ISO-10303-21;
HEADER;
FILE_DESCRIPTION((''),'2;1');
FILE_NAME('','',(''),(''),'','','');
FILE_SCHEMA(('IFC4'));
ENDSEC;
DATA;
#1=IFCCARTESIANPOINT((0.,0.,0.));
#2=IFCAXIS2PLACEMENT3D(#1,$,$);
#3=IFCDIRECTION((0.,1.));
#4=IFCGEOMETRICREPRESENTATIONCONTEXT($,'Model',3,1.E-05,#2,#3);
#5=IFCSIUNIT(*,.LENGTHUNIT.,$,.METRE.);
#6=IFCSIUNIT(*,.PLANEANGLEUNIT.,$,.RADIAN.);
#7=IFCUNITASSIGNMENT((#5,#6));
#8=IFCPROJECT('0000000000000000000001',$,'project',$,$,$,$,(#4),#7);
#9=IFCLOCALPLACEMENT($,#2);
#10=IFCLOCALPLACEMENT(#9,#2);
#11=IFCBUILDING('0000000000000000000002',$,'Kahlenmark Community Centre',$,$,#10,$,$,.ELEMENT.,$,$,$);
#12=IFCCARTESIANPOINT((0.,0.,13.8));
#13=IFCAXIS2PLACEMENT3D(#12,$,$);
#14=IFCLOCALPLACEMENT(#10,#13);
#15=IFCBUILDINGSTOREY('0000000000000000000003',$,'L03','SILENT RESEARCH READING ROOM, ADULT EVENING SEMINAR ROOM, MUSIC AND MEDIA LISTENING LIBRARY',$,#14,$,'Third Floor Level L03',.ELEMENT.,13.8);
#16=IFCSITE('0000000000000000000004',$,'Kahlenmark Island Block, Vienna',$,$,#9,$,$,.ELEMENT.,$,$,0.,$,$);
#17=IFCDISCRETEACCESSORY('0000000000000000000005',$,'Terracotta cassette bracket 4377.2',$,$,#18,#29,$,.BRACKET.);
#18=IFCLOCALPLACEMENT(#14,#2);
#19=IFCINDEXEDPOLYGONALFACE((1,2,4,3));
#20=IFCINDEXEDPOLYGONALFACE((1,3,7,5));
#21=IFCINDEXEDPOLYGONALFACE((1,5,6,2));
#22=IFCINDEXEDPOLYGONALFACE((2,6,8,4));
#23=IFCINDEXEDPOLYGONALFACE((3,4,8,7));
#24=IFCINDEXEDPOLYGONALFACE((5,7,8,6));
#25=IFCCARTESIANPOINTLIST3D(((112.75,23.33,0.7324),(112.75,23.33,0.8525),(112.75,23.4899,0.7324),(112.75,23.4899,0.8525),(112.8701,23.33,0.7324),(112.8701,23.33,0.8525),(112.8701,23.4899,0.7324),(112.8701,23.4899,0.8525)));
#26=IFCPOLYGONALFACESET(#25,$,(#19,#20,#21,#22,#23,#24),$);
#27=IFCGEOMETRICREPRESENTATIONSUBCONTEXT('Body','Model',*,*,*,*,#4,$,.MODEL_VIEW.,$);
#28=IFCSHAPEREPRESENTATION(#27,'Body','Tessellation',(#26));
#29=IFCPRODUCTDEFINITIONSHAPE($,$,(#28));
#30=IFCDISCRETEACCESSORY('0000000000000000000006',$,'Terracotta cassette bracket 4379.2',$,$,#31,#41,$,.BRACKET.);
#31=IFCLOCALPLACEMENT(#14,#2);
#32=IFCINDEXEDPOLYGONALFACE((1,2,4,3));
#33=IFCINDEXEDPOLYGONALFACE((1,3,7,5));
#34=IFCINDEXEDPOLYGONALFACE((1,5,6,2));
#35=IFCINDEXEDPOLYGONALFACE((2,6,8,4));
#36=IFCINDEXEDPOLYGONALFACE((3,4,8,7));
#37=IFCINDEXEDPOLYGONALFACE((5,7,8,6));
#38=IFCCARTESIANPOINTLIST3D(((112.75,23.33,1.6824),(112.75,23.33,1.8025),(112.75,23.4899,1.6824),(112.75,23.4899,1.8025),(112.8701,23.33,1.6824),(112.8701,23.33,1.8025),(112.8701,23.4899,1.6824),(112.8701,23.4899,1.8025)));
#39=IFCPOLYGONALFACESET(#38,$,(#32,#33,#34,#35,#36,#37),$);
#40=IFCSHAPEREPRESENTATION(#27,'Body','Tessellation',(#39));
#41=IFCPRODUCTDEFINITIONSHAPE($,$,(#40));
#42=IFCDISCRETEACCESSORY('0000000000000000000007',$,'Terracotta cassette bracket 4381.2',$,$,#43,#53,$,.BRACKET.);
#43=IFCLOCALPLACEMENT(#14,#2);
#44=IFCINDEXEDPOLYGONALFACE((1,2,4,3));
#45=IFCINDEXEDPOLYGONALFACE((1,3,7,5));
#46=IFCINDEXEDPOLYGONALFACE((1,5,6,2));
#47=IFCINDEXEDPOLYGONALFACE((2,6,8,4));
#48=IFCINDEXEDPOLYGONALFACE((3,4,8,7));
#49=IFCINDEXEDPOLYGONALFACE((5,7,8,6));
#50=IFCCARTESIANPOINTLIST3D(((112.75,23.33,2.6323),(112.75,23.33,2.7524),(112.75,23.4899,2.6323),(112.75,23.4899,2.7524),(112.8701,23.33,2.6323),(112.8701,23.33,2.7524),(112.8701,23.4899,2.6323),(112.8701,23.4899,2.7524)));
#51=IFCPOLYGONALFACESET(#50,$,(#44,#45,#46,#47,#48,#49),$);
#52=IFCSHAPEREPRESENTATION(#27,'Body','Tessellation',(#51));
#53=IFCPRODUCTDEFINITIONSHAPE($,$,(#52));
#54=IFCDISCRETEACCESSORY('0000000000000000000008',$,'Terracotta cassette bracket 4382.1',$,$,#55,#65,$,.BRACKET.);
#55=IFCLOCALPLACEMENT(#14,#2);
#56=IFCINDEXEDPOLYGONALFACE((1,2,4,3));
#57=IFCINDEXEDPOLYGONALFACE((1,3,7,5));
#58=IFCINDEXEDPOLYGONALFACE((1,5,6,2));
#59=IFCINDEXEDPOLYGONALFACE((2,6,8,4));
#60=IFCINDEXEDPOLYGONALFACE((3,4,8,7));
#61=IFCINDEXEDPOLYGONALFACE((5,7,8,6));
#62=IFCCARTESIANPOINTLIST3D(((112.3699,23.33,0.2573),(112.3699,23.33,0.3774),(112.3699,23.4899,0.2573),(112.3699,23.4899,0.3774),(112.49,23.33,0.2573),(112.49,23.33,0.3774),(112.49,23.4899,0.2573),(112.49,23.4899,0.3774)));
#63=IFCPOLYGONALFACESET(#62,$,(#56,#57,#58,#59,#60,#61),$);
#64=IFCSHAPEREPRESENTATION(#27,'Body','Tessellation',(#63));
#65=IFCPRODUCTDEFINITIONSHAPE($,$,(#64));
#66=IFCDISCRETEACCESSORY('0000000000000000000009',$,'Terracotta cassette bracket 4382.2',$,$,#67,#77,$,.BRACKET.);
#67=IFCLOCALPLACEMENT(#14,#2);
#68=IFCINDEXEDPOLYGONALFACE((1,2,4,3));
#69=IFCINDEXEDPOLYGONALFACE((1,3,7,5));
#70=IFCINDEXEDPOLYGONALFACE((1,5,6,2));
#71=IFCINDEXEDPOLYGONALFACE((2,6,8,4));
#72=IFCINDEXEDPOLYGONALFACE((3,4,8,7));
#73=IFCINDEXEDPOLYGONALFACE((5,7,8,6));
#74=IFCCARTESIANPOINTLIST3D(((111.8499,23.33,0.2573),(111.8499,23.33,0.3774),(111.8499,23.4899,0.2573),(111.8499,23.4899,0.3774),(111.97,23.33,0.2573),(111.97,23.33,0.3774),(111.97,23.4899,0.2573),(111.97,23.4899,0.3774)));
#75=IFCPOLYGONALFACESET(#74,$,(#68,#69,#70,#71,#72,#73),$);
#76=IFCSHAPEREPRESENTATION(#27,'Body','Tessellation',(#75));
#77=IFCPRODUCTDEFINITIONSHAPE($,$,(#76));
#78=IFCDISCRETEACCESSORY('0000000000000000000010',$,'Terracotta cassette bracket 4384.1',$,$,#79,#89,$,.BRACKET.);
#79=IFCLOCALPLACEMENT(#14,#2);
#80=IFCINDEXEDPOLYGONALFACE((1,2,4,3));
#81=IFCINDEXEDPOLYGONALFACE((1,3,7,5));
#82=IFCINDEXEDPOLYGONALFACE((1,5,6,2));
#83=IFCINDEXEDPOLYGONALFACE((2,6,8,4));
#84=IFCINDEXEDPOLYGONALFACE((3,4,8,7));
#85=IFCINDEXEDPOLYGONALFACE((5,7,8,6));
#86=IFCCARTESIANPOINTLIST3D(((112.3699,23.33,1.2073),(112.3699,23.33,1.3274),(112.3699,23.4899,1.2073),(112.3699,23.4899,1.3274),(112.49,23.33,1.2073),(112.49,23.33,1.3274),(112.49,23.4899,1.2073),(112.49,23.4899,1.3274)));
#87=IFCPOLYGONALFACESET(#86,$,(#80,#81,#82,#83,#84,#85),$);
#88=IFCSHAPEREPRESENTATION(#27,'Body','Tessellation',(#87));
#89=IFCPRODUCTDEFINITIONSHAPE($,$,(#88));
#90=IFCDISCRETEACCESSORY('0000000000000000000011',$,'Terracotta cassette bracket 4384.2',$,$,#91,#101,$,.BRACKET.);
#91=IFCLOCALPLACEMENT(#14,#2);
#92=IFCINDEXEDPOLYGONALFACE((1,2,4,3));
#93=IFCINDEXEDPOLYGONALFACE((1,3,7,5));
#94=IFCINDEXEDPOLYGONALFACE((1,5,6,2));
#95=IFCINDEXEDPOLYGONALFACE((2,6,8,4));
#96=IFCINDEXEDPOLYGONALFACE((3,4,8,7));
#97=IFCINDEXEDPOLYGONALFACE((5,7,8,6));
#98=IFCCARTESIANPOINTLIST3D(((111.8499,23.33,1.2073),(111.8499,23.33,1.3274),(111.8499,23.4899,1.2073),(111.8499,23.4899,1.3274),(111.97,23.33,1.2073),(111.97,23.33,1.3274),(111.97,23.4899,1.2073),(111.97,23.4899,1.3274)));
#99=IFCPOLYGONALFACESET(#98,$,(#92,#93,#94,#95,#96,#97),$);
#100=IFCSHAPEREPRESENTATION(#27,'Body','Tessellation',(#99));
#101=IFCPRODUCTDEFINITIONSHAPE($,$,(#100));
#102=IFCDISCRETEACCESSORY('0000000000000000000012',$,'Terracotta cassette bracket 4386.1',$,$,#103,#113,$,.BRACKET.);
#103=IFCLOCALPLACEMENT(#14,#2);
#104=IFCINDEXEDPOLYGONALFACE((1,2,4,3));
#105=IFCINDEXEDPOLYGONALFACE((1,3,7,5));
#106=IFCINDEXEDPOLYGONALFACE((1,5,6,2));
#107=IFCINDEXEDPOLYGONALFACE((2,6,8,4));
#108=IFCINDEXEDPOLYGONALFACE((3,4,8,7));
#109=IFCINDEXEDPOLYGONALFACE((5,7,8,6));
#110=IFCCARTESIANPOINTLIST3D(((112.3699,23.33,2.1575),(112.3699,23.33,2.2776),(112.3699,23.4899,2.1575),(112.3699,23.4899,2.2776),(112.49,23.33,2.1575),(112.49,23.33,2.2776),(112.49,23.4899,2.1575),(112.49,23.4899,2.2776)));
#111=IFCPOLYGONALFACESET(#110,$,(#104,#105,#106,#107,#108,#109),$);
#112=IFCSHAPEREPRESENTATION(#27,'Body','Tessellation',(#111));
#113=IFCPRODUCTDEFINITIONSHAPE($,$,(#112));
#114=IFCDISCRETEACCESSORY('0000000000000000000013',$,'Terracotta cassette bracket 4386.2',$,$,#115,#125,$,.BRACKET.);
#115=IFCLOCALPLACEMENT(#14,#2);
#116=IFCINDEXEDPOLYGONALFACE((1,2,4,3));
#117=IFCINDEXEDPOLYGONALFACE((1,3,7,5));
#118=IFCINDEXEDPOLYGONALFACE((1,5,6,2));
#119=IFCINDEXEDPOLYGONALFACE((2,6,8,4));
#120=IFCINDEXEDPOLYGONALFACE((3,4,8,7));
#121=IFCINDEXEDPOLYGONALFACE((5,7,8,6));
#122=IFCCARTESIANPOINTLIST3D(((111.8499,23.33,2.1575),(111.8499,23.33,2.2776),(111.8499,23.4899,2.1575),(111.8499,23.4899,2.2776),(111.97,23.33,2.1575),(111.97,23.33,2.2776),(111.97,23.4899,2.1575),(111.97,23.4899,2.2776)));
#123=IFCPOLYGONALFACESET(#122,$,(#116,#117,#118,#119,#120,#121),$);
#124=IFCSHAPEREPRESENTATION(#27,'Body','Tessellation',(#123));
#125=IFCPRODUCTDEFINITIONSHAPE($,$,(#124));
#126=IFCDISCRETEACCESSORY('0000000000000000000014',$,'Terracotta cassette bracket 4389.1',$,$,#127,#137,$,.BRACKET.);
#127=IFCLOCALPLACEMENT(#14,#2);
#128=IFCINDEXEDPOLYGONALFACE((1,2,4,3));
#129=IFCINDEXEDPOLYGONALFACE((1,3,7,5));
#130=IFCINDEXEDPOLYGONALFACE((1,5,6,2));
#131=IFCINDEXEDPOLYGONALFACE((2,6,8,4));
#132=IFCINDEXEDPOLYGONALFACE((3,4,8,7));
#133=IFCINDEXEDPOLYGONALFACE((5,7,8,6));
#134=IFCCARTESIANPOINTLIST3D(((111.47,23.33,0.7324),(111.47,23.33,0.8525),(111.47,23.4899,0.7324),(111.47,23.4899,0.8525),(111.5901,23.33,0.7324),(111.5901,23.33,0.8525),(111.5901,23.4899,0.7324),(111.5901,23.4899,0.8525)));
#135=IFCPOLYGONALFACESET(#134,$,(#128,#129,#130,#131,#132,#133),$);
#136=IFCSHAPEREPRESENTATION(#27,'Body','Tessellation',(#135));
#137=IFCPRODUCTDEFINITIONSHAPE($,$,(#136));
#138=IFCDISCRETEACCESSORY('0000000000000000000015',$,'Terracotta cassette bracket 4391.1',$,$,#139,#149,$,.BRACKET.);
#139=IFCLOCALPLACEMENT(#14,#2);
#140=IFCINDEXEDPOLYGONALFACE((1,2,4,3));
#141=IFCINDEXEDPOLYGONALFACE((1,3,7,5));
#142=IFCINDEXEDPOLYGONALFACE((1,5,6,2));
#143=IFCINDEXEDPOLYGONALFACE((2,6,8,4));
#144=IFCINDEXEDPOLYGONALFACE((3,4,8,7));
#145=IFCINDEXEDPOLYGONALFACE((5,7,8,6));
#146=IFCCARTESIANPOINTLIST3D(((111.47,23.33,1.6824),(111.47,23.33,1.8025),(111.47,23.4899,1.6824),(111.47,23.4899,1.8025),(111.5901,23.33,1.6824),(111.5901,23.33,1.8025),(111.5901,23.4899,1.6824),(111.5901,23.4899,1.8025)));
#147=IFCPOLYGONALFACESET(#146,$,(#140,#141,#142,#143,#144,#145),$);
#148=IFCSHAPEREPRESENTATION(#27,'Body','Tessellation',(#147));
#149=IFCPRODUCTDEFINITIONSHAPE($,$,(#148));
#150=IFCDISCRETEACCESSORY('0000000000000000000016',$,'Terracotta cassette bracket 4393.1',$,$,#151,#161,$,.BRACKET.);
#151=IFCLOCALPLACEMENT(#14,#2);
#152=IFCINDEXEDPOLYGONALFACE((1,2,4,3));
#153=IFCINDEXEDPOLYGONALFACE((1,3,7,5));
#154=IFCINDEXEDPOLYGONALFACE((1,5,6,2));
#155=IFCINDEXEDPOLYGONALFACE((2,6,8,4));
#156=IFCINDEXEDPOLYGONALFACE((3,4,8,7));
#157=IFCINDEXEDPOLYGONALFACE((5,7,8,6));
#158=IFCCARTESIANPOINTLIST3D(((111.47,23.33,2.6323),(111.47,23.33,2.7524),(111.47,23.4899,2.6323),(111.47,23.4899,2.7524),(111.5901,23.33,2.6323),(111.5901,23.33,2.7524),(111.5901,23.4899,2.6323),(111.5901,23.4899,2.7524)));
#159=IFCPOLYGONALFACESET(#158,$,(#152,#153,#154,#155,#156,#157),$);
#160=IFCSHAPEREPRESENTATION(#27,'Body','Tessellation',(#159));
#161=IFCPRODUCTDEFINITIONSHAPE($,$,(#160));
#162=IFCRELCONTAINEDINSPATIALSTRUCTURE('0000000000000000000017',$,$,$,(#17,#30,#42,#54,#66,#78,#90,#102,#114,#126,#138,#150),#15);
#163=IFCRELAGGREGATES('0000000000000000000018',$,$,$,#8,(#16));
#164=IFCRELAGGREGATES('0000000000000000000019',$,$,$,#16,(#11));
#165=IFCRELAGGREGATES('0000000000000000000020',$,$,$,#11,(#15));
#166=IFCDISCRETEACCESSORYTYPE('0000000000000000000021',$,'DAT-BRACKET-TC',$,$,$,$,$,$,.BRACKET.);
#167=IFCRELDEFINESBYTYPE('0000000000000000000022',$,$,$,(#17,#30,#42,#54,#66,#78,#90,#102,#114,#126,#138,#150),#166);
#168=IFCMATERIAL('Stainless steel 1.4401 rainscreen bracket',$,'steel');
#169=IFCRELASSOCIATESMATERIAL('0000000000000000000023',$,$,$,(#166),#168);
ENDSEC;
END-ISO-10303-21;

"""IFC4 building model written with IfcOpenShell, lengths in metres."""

from ifc_helpers import new_model, si_unit, direction, frame, origin, origin_2d, place, context, subcontext, project, spatial, rectangle, extrude, material, type_object, element, save


model = new_model("IFC4")

# Units and contexts
model_context = context("Model", 3, precision=1e-05, world=origin(), true_north=direction((0.0, 1.0)))
body_context = subcontext(model_context, "Body", "Model", "MODEL_VIEW")
ifc_project = project(units=[si_unit("LENGTHUNIT", "METRE"), si_unit("PLANEANGLEUNIT", "RADIAN")], contexts=[model_context])

# Site, building, storey
site_placement = place(None, origin())
site = spatial("IfcSite", under=ifc_project, at=site_placement, Name="Kahlenmark Island Block, Vienna", CompositionType="ELEMENT", RefElevation=0.0)
building_placement = place(site_placement, origin())
building = spatial("IfcBuilding", under=site, at=building_placement, Name="Kahlenmark Community Centre", CompositionType="ELEMENT")
storey_placement = place(building_placement, frame((0.0, 0.0, 13.8)))
storey = spatial("IfcBuildingStorey", under=building, at=storey_placement, Name="L03", Description="SILENT RESEARCH READING ROOM, ADULT EVENING SEMINAR ROOM, MUSIC AND MEDIA LISTENING LIBRARY", LongName="Third Floor Level L03", CompositionType="ELEMENT", Elevation=13.8)

# Discrete accessories
ifc_material_1 = material(Name="Stainless steel 1.4401 rainscreen bracket", Category="steel")
discrete_accessory_type = type_object("IfcDiscreteAccessoryType", Name="DAT-BRACKET-TC", PredefinedType="BRACKET", material=ifc_material_1)
for number, where, z_axis, x_axis, name in (
    (1, (112.8101, 23.4099, 0.7324), (0.0, 0.0, 1.0), (-1.0, 0.0, 0.0), "Terracotta cassette bracket 4377.2"),
    (2, (112.8101, 23.4099, 1.6824), (0.0, 0.0, 1.0), (-1.0, 0.0, 0.0), "Terracotta cassette bracket 4379.2"),
    (3, (112.8101, 23.4099, 2.6323), (0.0, 0.0, 1.0), (-1.0, 0.0, 0.0), "Terracotta cassette bracket 4381.2"),
    (4, (112.4299, 23.4099, 0.2573), (0.0, 0.0, 1.0), (-1.0, 0.0, 0.0), "Terracotta cassette bracket 4382.1"),
    (5, (111.9099, 23.4099, 0.2573), (0.0, 0.0, 1.0), (-1.0, 0.0, 0.0), "Terracotta cassette bracket 4382.2"),
    (6, (112.4299, 23.4099, 1.2073), (0.0, 0.0, 1.0), (-1.0, 0.0, 0.0), "Terracotta cassette bracket 4384.1"),
    (7, (111.9099, 23.4099, 1.2073), (0.0, 0.0, 1.0), (-1.0, 0.0, 0.0), "Terracotta cassette bracket 4384.2"),
    (8, (112.4299, 23.4099, 2.1575), (0.0, 0.0, 1.0), (-1.0, 0.0, 0.0), "Terracotta cassette bracket 4386.1"),
    (9, (111.9099, 23.4099, 2.1575), (0.0, 0.0, 1.0), (-1.0, 0.0, 0.0), "Terracotta cassette bracket 4386.2"),
    (10, (111.53, 23.4099, 0.7324), (0.0, 0.0, 1.0), (-1.0, 0.0, 0.0), "Terracotta cassette bracket 4389.1"),
    (11, (111.53, 23.4099, 1.6824), (0.0, 0.0, 1.0), (-1.0, 0.0, 0.0), "Terracotta cassette bracket 4391.1"),
    (12, (111.53, 23.4099, 2.6323), (0.0, 0.0, 1.0), (-1.0, 0.0, 0.0), "Terracotta cassette bracket 4393.1"),
):
    element("IfcDiscreteAccessory", number, at=place(storey_placement, frame(where, z_axis=z_axis, x_axis=x_axis)), inside=storey, type_object=discrete_accessory_type, Name=name, PredefinedType="BRACKET", context=body_context, shape_type="SweptSolid", body=[
        extrude(rectangle(XDim=0.1201, YDim=0.1599, at=origin_2d()), origin(), (0.0, 0.0, 1.0), 0.1201),
    ])

save(model, "model.ifc")
